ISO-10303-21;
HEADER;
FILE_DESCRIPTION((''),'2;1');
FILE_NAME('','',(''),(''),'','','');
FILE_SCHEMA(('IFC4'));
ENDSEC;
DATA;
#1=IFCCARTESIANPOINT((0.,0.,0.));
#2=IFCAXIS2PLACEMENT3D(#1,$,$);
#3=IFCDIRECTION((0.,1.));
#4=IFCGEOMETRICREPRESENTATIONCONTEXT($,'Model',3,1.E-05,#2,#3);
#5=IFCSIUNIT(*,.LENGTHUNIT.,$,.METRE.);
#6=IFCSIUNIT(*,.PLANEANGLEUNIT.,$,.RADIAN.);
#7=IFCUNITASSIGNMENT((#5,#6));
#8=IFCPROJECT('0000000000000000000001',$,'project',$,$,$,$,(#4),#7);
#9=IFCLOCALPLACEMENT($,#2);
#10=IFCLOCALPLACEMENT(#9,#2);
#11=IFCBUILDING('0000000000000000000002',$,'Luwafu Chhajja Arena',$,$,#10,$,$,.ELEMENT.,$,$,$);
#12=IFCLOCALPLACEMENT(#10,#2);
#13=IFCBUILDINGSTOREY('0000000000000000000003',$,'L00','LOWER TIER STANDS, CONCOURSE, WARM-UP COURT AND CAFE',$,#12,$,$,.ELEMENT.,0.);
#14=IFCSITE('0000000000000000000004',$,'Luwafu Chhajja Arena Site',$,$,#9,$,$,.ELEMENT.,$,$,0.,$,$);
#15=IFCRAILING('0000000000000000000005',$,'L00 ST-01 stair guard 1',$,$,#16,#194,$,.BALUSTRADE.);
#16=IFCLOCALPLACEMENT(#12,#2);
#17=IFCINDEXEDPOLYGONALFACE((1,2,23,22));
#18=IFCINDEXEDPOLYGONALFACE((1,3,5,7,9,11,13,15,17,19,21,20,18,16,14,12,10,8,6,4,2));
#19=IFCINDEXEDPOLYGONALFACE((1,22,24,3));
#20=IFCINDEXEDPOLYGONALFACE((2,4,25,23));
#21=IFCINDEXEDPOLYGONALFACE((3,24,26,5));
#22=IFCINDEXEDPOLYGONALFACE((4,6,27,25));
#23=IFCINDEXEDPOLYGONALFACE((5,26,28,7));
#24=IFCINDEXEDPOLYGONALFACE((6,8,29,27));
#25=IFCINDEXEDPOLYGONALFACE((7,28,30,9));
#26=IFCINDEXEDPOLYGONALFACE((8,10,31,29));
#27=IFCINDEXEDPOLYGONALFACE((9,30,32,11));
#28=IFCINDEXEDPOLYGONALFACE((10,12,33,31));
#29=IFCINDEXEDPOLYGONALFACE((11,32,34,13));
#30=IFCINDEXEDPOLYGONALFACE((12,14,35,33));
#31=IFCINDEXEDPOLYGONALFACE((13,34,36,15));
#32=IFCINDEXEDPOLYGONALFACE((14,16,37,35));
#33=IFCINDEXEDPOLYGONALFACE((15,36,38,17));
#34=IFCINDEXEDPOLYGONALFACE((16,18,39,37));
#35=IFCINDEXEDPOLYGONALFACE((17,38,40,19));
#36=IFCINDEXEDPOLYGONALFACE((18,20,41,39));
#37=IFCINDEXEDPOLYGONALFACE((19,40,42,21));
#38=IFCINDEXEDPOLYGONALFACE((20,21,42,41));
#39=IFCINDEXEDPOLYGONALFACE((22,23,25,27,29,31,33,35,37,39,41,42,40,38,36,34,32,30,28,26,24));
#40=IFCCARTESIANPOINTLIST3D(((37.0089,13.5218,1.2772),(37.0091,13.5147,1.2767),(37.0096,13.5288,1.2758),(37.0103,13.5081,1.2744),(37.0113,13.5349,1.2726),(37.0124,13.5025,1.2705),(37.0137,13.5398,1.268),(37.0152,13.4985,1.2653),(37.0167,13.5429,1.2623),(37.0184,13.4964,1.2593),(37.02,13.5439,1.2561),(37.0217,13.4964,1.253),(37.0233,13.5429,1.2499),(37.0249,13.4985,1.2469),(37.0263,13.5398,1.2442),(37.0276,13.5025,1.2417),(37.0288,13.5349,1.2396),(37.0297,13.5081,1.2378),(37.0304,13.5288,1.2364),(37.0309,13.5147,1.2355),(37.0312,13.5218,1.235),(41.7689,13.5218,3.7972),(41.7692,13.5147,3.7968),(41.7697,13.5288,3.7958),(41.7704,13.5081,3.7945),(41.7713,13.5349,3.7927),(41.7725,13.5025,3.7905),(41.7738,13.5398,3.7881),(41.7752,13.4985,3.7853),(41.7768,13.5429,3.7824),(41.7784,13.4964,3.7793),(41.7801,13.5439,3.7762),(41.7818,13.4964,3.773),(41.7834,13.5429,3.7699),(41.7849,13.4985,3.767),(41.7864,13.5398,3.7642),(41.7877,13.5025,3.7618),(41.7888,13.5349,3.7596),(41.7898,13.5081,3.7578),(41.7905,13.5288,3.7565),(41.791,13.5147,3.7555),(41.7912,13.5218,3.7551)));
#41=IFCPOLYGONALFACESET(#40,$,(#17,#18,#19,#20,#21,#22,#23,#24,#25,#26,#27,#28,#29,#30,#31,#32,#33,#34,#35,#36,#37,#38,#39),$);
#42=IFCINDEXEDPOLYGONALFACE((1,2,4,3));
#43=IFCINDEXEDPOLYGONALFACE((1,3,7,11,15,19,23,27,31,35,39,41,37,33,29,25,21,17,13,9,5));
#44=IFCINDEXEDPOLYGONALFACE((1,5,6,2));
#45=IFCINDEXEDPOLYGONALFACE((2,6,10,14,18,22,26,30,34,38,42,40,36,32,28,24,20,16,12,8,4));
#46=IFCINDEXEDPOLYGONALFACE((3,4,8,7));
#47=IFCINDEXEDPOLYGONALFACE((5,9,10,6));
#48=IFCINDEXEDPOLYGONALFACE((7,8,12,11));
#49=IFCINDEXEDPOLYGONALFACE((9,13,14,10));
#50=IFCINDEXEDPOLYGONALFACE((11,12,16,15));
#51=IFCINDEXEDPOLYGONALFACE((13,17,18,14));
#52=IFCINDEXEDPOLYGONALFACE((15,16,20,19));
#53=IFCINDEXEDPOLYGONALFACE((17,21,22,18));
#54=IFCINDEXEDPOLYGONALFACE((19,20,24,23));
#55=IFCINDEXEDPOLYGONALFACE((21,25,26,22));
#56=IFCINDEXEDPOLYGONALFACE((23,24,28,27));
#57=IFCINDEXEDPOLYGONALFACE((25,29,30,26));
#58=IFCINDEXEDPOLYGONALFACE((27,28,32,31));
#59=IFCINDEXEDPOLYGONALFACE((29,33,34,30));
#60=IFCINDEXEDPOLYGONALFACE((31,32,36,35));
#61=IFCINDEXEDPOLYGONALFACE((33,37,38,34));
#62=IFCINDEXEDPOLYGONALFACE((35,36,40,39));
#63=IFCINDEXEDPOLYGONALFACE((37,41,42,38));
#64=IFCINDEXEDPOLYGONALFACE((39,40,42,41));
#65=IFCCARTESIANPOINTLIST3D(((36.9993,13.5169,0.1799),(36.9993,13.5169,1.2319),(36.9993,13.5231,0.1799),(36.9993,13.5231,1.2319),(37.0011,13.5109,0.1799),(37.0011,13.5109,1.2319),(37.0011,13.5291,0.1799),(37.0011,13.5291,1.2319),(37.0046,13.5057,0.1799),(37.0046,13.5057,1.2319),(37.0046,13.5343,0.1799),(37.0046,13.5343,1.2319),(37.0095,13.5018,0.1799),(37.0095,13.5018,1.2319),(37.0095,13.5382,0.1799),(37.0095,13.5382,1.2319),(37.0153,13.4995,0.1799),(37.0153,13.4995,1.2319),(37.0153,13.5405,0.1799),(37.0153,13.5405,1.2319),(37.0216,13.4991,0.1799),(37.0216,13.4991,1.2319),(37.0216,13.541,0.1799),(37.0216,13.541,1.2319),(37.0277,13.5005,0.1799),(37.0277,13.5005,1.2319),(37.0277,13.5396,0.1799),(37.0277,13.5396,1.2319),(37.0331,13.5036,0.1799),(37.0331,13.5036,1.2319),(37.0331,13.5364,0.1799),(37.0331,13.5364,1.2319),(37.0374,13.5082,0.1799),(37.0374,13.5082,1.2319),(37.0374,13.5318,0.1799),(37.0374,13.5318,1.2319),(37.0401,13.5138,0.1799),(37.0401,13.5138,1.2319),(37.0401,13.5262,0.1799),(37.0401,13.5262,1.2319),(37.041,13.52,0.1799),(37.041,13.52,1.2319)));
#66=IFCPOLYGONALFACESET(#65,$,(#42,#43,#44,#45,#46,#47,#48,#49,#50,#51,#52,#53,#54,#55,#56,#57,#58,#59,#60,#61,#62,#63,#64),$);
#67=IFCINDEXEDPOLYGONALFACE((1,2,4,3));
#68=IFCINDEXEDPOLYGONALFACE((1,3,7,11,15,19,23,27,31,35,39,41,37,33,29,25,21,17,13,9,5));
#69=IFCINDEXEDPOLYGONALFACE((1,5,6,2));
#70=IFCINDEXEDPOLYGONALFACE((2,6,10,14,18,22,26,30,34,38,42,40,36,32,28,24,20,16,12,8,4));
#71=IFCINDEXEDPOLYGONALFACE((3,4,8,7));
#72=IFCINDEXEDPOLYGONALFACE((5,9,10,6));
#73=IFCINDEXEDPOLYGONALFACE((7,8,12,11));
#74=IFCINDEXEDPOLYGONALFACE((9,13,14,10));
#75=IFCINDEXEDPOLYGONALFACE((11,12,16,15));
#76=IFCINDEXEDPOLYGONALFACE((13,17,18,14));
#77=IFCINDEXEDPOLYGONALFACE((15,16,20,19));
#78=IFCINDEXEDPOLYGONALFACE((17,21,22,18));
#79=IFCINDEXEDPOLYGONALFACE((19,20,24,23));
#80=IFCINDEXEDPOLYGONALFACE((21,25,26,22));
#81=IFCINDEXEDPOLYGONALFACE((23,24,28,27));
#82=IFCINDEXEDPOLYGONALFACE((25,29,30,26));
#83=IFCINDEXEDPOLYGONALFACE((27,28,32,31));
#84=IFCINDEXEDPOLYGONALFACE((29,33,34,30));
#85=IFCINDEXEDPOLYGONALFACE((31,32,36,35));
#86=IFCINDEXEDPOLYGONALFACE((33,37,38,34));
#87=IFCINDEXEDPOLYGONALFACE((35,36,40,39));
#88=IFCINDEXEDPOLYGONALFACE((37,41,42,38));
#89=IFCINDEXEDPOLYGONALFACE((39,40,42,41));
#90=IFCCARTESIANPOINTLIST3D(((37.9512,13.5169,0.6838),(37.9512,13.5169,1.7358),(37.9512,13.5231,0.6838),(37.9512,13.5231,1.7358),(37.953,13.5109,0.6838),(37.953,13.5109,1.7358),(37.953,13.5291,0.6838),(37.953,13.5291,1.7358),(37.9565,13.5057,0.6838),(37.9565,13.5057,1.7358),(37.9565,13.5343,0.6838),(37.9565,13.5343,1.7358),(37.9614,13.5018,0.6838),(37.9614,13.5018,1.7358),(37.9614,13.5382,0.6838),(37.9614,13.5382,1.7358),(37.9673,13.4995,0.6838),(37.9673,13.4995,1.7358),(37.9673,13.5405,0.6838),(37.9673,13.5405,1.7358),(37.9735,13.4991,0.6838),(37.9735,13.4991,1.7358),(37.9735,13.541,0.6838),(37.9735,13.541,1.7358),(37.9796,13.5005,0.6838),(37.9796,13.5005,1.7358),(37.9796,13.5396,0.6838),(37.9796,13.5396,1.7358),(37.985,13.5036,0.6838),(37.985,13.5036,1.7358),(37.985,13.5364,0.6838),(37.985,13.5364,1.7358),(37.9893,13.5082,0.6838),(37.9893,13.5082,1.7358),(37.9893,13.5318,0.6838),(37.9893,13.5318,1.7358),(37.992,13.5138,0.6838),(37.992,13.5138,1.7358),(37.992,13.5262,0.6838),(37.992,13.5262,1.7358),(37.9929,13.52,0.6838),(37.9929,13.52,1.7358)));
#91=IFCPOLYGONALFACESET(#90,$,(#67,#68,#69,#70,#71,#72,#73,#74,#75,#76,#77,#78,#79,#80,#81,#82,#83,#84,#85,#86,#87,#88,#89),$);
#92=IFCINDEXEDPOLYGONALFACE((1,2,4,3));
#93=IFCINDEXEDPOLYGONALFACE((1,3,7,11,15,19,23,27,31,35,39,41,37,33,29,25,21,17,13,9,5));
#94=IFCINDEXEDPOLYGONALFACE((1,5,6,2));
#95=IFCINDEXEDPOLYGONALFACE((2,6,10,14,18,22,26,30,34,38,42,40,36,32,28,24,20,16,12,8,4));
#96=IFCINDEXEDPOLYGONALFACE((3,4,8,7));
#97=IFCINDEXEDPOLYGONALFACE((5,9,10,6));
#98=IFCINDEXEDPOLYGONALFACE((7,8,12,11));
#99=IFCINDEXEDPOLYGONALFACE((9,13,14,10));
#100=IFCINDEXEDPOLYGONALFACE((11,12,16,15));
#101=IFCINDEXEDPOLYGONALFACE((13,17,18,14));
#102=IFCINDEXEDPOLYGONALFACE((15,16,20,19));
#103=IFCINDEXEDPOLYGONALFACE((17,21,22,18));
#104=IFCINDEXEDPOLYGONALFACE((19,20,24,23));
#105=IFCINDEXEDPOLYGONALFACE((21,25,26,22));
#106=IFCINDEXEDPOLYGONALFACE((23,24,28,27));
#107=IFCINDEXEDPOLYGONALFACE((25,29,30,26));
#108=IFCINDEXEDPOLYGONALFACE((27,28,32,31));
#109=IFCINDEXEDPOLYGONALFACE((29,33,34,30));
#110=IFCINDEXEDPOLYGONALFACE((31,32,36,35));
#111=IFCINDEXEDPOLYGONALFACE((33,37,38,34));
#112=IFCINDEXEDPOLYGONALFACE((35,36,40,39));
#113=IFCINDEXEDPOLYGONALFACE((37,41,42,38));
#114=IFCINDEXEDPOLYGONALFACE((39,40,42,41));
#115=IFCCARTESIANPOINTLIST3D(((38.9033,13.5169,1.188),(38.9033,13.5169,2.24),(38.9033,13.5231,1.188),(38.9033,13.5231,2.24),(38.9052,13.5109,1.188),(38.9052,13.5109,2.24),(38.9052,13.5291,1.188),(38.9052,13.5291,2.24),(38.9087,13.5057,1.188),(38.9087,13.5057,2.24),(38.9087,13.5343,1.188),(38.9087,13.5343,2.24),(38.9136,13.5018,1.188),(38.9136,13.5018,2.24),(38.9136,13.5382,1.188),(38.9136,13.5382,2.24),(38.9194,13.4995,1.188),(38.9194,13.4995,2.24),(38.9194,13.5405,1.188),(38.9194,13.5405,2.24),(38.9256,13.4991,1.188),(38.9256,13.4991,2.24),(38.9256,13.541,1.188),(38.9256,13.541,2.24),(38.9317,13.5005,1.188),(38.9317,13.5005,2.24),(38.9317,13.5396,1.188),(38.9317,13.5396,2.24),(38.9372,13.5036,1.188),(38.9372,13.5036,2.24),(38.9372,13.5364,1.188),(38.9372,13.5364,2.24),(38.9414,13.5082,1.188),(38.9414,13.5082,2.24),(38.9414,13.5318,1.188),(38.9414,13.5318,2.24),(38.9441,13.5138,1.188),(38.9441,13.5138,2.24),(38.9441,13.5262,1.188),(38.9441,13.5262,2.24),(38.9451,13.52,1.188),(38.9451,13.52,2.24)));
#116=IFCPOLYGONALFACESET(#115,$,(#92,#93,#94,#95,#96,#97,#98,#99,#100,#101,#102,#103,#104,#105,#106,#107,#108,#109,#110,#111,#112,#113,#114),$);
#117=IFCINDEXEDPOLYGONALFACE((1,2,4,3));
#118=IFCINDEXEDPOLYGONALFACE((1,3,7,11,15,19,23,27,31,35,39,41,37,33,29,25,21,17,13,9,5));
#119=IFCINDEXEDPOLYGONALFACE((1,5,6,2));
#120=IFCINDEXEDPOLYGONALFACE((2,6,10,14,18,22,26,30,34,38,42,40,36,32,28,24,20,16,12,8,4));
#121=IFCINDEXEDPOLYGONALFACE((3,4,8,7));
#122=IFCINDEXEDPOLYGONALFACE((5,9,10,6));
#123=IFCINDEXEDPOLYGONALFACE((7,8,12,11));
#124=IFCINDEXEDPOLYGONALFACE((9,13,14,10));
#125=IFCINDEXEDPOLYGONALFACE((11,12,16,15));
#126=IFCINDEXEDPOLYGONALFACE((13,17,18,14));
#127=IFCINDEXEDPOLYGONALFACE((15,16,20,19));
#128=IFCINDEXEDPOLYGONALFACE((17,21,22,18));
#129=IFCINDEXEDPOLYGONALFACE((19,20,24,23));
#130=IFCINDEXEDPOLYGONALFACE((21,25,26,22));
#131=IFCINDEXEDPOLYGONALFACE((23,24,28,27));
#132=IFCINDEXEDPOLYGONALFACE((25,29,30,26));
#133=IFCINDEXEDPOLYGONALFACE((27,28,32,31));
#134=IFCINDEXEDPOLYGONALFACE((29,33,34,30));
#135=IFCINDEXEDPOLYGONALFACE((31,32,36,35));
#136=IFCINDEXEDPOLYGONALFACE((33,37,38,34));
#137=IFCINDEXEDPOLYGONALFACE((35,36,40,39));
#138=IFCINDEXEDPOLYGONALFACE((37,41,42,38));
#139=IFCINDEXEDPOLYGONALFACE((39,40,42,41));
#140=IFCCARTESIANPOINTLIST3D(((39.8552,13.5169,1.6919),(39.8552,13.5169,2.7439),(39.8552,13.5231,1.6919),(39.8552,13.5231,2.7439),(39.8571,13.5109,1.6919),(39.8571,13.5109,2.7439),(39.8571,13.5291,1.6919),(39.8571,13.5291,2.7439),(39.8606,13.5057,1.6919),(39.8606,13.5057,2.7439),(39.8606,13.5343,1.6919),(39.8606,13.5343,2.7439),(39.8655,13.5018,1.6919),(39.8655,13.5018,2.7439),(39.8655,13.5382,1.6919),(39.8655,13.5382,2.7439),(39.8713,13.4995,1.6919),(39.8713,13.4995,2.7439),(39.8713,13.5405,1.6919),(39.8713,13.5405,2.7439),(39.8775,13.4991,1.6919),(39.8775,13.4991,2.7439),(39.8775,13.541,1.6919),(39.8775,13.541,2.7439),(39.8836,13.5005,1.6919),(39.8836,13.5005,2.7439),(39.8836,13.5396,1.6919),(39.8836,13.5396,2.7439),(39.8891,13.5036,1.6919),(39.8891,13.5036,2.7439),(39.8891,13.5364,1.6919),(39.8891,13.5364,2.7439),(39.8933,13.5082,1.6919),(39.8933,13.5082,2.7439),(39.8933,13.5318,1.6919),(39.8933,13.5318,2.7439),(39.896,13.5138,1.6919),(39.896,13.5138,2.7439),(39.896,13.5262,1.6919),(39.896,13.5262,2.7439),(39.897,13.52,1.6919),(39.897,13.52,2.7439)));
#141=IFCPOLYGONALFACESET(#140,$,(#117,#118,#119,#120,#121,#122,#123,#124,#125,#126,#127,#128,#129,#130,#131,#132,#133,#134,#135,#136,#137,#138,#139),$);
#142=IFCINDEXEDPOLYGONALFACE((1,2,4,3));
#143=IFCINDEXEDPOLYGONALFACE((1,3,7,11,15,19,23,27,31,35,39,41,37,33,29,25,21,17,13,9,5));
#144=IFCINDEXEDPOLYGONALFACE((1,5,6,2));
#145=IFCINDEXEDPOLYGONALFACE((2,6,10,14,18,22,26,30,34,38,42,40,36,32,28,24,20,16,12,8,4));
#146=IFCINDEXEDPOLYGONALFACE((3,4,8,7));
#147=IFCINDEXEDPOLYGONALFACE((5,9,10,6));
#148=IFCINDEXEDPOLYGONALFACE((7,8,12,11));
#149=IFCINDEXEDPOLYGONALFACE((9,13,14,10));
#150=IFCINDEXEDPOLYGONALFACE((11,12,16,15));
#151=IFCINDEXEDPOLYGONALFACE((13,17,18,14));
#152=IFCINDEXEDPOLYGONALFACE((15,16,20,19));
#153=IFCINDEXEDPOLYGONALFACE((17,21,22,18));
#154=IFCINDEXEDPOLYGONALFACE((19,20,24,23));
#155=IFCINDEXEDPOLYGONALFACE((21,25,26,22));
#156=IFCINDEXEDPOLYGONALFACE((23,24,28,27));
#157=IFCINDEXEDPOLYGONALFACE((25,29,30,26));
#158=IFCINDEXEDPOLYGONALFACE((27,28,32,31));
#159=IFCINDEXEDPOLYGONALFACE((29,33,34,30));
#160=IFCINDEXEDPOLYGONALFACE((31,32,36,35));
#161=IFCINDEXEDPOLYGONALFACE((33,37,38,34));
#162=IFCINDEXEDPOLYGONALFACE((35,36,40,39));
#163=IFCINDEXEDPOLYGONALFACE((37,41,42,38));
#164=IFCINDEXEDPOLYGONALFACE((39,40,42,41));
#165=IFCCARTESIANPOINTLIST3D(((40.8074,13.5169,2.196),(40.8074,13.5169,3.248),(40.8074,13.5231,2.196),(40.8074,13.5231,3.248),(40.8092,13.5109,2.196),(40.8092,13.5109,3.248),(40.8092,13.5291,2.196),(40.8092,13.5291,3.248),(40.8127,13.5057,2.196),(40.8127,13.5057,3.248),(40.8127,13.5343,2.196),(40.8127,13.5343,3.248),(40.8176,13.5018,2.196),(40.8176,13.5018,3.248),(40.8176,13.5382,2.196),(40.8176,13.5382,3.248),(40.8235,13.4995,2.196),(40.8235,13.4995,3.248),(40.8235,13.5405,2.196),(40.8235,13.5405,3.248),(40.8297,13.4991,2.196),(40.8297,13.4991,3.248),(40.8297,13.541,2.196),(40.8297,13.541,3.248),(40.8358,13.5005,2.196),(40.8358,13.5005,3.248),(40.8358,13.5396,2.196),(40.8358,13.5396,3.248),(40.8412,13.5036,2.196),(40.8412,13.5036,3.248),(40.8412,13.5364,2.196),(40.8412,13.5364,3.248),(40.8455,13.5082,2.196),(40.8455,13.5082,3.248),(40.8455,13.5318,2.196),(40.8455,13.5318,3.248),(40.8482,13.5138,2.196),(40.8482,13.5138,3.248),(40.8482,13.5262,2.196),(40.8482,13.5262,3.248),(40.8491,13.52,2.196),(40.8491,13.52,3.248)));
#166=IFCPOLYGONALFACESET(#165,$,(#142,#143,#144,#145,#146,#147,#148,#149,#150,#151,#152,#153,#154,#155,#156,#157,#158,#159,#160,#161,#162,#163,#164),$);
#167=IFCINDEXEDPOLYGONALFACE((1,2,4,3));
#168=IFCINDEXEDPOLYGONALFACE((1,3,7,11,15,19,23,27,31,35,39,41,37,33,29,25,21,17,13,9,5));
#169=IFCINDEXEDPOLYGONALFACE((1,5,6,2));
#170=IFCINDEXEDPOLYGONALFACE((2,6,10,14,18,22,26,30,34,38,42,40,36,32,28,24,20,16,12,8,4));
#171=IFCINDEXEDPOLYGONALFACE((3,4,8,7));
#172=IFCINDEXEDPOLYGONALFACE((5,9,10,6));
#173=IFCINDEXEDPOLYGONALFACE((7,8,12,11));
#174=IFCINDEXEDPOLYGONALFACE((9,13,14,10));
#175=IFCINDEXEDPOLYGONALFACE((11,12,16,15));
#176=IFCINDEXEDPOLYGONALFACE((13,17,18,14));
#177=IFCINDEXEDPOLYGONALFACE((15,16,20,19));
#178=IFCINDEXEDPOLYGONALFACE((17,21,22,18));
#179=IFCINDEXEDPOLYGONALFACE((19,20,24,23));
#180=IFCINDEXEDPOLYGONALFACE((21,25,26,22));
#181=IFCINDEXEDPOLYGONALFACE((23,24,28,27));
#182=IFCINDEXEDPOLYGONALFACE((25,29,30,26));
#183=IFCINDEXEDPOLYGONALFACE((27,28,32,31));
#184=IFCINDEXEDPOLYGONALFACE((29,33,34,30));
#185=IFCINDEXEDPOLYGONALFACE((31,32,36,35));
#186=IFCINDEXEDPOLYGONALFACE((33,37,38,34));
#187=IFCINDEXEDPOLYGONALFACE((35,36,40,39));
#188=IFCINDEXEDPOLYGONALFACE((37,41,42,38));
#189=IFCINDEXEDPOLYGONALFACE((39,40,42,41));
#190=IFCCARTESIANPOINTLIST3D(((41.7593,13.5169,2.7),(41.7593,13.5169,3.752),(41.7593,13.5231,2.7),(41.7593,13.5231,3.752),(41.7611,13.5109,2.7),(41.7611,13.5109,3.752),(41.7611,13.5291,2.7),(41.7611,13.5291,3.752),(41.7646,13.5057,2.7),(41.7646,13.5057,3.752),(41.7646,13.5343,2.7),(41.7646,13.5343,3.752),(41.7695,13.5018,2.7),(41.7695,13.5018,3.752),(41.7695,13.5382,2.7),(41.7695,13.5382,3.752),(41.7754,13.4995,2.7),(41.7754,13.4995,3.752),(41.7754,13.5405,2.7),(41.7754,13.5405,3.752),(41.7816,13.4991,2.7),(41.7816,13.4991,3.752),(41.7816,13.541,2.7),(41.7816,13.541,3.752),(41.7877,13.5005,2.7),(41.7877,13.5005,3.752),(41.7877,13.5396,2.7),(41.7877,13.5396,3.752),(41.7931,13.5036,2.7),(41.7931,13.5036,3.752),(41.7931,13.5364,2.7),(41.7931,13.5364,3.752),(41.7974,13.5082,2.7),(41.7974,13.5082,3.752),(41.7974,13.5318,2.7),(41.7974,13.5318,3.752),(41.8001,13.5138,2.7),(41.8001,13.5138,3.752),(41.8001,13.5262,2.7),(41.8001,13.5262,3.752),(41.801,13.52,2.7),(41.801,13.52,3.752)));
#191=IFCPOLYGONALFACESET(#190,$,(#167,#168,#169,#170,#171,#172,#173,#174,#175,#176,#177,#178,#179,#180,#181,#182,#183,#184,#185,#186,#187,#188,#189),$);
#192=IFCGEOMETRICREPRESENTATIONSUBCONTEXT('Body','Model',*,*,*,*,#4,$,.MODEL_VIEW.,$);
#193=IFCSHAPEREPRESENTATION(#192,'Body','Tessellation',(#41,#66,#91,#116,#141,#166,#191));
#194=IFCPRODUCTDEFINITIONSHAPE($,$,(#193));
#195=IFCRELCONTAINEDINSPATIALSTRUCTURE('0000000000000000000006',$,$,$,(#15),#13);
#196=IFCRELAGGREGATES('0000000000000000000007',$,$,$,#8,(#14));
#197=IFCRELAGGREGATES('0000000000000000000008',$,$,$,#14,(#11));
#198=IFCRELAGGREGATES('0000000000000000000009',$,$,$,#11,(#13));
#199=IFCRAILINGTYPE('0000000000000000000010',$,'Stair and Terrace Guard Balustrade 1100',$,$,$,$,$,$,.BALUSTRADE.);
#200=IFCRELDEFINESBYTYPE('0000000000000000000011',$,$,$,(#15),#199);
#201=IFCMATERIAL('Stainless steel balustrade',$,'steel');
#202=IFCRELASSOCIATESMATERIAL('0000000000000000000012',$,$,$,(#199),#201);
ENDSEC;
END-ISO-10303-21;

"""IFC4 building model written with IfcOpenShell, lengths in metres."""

from ifc_helpers import new_model, si_unit, direction, frame, origin, origin_2d, place, context, subcontext, project, spatial, circle, extrude, material, type_object, element, save


model = new_model("IFC4")

# Units and contexts
model_context = context("Model", 3, precision=1e-05, world=origin(), true_north=direction((0.0, 1.0)))
body_context = subcontext(model_context, "Body", "Model", "MODEL_VIEW")
ifc_project = project(units=[si_unit("LENGTHUNIT", "METRE"), si_unit("PLANEANGLEUNIT", "RADIAN")], contexts=[model_context])

# Site, building, storey
site_placement = place(None, origin())
site = spatial("IfcSite", under=ifc_project, at=site_placement, Name="Luwafu Chhajja Arena Site", CompositionType="ELEMENT", RefElevation=0.0)
building_placement = place(site_placement, origin())
building = spatial("IfcBuilding", under=site, at=building_placement, Name="Luwafu Chhajja Arena", CompositionType="ELEMENT")
storey_placement = place(building_placement, origin())
storey = spatial("IfcBuildingStorey", under=building, at=storey_placement, Name="L00", Description="LOWER TIER STANDS, CONCOURSE, WARM-UP COURT AND CAFE", CompositionType="ELEMENT", Elevation=0.0)

# Railing
ifc_material_1 = material(Name="Stainless steel balustrade", Category="steel")
railing_type_1 = type_object("IfcRailingType", Name="Stair and Terrace Guard Balustrade 1100", PredefinedType="BALUSTRADE", material=ifc_material_1)
railing_1_placement = place(storey_placement, frame((37.02, 13.52, 0.1799)))
element("IfcRailing", 1, at=railing_1_placement, inside=storey, type_object=railing_type_1, Name="L00 ST-01 stair guard 1", PredefinedType="BALUSTRADE", context=body_context, shape_type="SweptSolid", body=[
    extrude(circle(Radius=0.0239, at=origin_2d()), frame((0.0, 0.0, 1.0762), z_axis=(0.883787, 0.0, 0.46789), x_axis=(0.0, 1.0, 0.0)), (0.0, 0.0, 1.0), 5.386),
    extrude(circle(Radius=0.021, at=origin_2d()), origin(), (0.0, 0.0, 1.0), 1.052),
    extrude(circle(Radius=0.021, at=origin_2d()), frame((0.9519, 0.0, 0.5039)), (0.0, 0.0, 1.0), 1.052),
    extrude(circle(Radius=0.021, at=origin_2d()), frame((1.9041, 0.0, 1.0081)), (0.0, 0.0, 1.0), 1.052),
    extrude(circle(Radius=0.021, at=origin_2d()), frame((2.856, 0.0, 1.512)), (0.0, 0.0, 1.0), 1.052),
    extrude(circle(Radius=0.021, at=origin_2d()), frame((3.8081, 0.0, 2.0161)), (0.0, 0.0, 1.0), 1.052),
    extrude(circle(Radius=0.021, at=origin_2d()), frame((4.76, 0.0, 2.52)), (0.0, 0.0, 1.0), 1.052),
])

save(model, "model.ifc")
